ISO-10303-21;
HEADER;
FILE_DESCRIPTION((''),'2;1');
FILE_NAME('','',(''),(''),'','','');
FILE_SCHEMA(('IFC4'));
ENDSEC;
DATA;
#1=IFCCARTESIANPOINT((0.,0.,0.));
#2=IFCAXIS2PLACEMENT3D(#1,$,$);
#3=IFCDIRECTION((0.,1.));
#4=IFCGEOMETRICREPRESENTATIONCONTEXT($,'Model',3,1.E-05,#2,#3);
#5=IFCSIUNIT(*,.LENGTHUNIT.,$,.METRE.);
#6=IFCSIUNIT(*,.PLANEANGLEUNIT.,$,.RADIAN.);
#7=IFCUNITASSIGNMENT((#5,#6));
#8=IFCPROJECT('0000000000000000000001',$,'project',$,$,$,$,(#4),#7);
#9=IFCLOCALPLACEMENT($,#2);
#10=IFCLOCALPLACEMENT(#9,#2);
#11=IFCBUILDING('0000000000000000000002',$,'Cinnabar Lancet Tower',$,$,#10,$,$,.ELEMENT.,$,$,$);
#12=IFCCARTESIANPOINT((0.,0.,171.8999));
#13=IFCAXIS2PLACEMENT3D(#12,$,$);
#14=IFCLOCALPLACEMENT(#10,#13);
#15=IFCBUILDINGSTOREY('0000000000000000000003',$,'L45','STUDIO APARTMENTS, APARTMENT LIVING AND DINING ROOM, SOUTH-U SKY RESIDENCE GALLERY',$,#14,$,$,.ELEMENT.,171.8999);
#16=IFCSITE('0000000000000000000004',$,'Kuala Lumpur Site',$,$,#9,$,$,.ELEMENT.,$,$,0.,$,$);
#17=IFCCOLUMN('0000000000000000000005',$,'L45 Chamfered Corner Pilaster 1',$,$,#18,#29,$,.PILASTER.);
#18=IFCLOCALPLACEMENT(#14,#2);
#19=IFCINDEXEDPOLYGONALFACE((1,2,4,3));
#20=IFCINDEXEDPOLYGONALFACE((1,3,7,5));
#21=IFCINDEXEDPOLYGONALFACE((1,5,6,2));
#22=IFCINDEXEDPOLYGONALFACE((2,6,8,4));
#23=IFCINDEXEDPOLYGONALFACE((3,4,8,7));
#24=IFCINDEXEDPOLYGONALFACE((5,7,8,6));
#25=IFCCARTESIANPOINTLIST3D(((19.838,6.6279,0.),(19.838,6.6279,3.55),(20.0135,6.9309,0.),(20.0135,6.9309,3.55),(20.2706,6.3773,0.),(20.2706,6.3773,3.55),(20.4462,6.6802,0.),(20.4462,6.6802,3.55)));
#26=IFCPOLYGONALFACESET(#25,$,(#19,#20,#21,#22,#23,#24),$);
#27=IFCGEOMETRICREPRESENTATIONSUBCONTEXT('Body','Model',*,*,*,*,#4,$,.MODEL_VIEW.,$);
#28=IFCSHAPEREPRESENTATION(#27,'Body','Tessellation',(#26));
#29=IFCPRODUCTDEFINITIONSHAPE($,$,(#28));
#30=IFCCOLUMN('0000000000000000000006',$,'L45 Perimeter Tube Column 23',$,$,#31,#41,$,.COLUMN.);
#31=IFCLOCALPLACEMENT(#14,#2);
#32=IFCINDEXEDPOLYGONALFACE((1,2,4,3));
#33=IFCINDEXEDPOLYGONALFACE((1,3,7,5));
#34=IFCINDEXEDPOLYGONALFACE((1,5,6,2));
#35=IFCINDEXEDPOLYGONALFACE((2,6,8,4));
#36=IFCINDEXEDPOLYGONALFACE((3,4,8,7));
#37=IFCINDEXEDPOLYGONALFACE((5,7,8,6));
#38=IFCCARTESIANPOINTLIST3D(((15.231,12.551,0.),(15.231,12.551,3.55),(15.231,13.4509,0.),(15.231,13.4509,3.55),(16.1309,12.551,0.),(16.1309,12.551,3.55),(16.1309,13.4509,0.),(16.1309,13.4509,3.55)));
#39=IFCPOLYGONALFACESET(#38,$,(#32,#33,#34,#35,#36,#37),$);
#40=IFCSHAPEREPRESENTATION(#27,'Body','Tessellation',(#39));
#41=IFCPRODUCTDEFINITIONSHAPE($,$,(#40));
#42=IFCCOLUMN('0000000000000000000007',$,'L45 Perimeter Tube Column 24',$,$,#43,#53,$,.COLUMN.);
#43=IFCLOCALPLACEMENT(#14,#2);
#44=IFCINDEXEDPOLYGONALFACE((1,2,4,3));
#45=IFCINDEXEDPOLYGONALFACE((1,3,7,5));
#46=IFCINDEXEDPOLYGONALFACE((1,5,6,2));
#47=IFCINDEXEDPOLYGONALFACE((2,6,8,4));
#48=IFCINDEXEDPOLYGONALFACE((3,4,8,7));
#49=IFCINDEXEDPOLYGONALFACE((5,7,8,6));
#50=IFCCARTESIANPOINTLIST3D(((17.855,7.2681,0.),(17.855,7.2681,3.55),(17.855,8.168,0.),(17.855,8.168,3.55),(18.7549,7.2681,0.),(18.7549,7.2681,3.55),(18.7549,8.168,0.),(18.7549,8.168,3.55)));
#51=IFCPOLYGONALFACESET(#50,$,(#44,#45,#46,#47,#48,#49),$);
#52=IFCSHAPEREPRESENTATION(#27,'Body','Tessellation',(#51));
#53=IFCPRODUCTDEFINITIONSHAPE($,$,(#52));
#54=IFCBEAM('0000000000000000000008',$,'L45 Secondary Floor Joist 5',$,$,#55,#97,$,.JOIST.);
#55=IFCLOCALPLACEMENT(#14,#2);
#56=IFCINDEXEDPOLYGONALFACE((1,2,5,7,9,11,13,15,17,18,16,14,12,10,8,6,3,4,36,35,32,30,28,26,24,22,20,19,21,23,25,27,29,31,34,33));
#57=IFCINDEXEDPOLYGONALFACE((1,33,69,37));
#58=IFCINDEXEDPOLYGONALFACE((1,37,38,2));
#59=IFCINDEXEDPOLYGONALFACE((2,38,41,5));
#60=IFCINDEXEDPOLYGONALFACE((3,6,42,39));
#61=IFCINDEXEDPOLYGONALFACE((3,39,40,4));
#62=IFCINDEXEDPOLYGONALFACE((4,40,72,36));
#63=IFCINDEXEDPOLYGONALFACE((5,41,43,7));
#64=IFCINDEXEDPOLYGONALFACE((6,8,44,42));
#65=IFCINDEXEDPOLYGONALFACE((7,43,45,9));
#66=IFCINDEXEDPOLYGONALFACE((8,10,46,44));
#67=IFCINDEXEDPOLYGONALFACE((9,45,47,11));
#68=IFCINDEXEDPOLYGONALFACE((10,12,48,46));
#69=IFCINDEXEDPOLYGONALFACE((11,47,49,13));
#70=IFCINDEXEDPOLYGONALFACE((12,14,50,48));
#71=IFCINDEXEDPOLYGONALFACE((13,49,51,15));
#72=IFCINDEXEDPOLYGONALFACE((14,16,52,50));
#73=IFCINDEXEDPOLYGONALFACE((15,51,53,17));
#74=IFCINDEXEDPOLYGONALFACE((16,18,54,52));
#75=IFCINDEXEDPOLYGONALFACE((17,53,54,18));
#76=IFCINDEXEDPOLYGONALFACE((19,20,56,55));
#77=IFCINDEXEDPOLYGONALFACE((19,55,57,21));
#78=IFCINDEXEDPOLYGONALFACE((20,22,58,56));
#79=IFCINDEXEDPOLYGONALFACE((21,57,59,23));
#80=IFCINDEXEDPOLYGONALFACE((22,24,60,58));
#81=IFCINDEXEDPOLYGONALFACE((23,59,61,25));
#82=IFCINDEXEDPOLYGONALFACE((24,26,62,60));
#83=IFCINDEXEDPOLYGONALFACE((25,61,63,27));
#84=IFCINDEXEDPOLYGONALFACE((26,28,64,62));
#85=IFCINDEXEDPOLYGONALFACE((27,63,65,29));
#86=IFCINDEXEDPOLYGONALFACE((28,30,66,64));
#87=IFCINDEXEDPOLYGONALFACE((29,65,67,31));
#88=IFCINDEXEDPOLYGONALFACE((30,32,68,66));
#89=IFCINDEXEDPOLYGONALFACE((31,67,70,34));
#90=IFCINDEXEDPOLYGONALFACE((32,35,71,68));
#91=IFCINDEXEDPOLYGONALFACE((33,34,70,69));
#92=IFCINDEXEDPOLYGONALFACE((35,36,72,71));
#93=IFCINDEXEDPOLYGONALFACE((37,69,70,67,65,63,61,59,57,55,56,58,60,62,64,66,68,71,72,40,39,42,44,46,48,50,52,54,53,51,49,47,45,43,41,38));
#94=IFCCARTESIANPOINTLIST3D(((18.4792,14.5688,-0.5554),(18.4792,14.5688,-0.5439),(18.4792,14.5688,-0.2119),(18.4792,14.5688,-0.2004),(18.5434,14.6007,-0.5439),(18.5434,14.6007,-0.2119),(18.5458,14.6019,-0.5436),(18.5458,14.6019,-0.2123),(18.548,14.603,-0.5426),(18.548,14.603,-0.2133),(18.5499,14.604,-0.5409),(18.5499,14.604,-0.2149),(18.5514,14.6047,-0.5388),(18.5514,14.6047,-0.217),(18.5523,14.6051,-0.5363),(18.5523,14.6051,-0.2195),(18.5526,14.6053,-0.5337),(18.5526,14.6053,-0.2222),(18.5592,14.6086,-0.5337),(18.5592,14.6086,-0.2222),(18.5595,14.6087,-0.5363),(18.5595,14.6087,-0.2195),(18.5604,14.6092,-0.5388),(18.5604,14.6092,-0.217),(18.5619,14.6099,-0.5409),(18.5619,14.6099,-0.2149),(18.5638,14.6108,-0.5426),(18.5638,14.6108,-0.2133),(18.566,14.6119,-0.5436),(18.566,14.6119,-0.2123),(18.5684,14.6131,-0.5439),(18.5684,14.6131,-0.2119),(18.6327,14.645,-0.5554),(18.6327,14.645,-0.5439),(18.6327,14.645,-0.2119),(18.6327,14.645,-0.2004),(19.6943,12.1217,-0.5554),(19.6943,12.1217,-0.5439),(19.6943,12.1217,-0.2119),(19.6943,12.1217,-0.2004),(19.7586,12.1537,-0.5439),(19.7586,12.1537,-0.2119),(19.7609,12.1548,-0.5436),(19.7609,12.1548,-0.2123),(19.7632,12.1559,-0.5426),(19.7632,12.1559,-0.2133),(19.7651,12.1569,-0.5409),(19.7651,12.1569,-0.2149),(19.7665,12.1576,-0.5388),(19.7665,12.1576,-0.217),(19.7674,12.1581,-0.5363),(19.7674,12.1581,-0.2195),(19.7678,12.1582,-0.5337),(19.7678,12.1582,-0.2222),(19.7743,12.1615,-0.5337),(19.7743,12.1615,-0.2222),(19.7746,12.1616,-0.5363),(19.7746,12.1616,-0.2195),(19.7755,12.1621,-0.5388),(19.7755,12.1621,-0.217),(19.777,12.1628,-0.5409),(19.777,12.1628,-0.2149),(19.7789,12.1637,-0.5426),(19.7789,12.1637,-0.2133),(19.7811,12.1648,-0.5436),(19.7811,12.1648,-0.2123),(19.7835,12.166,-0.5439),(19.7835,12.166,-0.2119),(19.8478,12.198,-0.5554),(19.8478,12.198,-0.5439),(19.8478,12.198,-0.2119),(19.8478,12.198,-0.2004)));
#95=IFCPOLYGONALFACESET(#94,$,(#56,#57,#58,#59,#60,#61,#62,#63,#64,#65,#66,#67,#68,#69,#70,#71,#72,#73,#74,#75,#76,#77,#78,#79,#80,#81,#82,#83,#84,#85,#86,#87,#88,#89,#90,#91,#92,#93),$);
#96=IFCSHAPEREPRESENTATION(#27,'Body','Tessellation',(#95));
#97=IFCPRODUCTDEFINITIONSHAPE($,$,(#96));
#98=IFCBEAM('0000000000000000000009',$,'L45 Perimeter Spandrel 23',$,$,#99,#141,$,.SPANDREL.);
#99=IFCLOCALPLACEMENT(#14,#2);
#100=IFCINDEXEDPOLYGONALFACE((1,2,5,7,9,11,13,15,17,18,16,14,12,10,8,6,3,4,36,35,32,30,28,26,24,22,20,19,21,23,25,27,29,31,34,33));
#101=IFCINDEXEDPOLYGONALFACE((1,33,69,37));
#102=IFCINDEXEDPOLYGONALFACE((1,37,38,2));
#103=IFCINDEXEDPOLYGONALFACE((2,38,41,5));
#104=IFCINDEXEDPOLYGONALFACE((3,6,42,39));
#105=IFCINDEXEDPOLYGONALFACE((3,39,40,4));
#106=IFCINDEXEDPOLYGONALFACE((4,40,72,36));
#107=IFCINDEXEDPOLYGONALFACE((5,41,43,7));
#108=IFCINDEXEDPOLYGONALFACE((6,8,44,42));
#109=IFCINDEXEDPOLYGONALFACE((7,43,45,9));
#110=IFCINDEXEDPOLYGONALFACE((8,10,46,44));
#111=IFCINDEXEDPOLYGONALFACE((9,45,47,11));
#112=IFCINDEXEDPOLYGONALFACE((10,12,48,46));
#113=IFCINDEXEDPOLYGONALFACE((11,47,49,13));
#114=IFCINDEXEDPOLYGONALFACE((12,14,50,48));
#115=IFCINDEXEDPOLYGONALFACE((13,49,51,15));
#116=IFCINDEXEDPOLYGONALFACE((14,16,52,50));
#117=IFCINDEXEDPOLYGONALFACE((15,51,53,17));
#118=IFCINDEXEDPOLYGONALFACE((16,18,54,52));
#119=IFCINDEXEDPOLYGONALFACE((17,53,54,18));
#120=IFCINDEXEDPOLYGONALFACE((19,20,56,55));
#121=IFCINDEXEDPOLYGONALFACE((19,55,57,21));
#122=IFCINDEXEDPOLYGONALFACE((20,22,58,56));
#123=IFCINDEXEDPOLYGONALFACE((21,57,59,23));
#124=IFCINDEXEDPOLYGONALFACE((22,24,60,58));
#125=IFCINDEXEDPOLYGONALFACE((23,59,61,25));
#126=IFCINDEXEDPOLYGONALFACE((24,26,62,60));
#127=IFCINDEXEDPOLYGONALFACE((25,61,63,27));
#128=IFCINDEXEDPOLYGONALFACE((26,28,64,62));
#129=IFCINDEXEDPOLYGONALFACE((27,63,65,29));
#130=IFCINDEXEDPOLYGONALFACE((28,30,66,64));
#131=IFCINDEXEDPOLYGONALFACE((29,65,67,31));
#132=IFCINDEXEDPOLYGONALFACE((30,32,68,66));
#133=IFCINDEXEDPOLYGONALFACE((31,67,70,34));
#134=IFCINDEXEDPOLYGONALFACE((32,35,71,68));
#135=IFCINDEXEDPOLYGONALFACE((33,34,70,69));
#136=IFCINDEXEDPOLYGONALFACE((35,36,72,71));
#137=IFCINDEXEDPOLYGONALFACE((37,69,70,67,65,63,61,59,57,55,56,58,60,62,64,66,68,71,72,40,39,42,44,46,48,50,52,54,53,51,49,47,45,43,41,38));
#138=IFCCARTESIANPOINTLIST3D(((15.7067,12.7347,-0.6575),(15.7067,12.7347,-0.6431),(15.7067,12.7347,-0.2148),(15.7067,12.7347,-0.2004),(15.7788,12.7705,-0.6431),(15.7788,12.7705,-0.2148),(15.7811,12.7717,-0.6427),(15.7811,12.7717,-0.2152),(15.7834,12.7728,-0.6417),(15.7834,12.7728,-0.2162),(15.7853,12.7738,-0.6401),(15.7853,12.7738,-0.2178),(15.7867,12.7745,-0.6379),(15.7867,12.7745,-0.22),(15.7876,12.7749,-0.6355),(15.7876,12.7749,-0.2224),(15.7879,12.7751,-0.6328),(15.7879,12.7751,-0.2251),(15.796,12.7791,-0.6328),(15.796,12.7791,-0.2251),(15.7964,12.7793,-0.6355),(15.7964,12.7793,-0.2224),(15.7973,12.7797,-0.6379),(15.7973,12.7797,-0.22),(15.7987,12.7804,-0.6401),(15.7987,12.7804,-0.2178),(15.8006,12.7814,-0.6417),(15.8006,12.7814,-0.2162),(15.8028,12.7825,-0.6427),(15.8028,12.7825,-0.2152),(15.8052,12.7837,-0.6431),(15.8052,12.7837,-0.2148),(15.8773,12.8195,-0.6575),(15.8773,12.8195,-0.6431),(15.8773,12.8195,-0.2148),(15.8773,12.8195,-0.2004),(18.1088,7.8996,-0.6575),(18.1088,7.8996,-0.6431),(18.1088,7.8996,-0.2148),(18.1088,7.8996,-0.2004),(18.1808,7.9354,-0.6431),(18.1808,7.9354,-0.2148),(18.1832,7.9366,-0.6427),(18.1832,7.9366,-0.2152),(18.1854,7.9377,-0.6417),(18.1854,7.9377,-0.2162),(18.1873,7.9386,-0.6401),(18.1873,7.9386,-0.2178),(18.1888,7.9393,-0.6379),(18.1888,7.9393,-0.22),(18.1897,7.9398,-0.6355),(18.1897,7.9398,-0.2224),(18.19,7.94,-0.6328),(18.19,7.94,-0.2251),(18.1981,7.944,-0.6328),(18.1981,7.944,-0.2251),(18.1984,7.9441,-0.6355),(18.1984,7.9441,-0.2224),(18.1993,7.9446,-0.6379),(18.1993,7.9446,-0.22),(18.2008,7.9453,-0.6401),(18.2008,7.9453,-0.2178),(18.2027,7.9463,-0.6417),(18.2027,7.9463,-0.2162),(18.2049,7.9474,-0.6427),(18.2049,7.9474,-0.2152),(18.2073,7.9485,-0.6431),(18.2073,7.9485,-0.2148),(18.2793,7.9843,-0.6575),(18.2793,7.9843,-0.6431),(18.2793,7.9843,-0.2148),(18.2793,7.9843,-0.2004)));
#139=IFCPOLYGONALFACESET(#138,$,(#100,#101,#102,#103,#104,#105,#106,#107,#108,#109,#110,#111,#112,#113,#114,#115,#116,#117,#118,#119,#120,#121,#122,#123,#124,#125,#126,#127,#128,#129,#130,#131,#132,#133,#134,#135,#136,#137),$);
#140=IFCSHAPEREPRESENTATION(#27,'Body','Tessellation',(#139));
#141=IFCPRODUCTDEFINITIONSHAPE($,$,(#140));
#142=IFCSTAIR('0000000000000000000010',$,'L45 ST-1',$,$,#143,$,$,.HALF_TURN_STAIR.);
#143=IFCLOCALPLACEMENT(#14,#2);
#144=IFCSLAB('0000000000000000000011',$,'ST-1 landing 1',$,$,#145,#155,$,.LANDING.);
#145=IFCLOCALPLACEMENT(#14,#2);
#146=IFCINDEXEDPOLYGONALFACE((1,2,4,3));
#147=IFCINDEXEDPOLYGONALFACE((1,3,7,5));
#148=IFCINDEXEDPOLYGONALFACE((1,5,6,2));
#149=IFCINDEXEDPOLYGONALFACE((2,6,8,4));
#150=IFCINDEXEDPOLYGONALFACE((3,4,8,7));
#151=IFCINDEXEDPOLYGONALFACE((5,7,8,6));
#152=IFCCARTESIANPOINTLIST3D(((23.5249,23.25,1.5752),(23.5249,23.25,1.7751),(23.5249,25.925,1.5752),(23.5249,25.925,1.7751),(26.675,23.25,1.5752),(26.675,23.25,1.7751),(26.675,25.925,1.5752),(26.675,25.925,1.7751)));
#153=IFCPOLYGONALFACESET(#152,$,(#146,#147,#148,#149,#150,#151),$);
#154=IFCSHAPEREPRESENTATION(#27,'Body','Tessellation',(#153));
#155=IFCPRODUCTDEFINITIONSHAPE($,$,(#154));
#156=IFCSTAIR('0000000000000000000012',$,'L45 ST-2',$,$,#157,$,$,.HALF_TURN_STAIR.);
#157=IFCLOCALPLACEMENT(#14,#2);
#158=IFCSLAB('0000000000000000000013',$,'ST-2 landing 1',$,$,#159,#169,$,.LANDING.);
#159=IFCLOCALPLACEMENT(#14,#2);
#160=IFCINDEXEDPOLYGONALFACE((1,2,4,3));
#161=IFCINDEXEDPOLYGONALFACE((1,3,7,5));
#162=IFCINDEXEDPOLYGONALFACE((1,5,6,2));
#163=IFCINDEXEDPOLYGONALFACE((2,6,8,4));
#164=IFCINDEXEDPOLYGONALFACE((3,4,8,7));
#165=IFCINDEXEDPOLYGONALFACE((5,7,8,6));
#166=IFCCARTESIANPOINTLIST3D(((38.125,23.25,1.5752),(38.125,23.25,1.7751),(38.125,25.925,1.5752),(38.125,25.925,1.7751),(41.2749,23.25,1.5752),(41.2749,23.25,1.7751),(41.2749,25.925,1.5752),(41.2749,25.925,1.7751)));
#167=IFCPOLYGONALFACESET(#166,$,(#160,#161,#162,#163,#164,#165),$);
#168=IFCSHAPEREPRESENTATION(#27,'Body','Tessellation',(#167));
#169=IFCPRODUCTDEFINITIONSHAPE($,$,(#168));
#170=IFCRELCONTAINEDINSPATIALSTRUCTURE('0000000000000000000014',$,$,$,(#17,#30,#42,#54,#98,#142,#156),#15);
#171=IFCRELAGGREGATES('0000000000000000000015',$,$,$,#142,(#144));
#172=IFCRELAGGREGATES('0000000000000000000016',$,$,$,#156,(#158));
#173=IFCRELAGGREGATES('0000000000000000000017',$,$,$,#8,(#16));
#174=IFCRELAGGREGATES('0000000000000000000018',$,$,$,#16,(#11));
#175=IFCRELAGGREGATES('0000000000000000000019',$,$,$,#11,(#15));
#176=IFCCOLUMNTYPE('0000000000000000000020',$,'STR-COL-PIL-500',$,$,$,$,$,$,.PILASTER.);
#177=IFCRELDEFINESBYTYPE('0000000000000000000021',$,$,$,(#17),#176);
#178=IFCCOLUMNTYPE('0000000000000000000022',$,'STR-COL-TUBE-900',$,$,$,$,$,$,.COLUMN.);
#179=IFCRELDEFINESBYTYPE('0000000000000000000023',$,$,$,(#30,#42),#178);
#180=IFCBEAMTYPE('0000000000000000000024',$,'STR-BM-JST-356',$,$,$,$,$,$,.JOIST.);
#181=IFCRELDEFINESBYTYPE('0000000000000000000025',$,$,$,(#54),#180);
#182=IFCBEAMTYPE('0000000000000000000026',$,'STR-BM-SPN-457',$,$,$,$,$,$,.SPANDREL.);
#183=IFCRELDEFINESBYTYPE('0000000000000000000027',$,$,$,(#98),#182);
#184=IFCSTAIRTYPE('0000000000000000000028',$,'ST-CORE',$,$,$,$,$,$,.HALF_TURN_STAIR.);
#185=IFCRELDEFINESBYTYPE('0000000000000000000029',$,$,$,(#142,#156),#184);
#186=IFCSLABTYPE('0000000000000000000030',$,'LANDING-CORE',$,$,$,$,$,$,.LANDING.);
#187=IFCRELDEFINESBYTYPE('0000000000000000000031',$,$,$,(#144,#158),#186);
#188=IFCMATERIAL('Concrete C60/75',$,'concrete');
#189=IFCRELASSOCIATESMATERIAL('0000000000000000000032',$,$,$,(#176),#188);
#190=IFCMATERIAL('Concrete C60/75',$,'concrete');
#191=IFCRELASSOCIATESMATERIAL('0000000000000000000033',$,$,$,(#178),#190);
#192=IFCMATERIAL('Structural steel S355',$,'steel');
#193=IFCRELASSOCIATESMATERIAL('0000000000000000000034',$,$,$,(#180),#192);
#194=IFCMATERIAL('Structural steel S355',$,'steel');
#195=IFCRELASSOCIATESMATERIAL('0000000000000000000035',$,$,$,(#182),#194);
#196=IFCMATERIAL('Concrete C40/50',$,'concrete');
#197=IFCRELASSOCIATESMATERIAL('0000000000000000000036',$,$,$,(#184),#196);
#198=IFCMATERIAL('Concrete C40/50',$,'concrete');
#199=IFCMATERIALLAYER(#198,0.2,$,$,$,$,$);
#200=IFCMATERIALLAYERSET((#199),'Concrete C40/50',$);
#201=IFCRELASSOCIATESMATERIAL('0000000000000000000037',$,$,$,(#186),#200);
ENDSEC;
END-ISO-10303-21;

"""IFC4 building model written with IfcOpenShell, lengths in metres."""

from ifc_helpers import new_model, si_unit, direction, frame, origin, origin_2d, place, context, subcontext, project, spatial, polyline, rectangle, i_section, outline, extrude, material, layer, layer_set, material_profile, profile_set, type_object, element, aggregate, save


model = new_model("IFC4")

# Units and contexts
model_context = context("Model", 3, precision=1e-05, world=origin(), true_north=direction((0.0, 1.0)))
body_context = subcontext(model_context, "Body", "Model", "MODEL_VIEW")
ifc_project = project(units=[si_unit("LENGTHUNIT", "METRE"), si_unit("PLANEANGLEUNIT", "RADIAN")], contexts=[model_context])

# Site, building, storey
site_placement = place(None, origin())
site = spatial("IfcSite", under=ifc_project, at=site_placement, Name="Kuala Lumpur Site", CompositionType="ELEMENT", RefElevation=0.0)
building_placement = place(site_placement, origin())
building = spatial("IfcBuilding", under=site, at=building_placement, Name="Cinnabar Lancet Tower", CompositionType="ELEMENT")
storey_placement = place(building_placement, frame((0.0, 0.0, 171.8999)))
storey = spatial("IfcBuildingStorey", under=building, at=storey_placement, Name="L45", Description="STUDIO APARTMENTS, APARTMENT LIVING AND DINING ROOM, SOUTH-U SKY RESIDENCE GALLERY", CompositionType="ELEMENT", Elevation=171.8999)

# Columns
ifc_material_1 = material(Name="Concrete C60/75", Category="concrete")
ifc_material_profile_1 = material_profile(ifc_material_1, rectangle(XDim=0.5, YDim=0.3501, at=origin_2d()), Name="RC-PIL 500x350")
ifc_profile_set_1 = profile_set([ifc_material_profile_1], Name="Concrete C60/75")
column_type_1 = type_object("IfcColumnType", Name="STR-COL-PIL-500", PredefinedType="PILASTER", material=ifc_profile_set_1)
column_placement = place(storey_placement, frame((20.1421, 6.6541, 0.0), z_axis=(0.0, 0.0, 1.0), x_axis=(0.86523, -0.501375, 0.0)))
element("IfcColumn", 1, at=column_placement, inside=storey, type_object=column_type_1, Name="L45 Chamfered Corner Pilaster 1", PredefinedType="PILASTER", context=body_context, shape_type="SweptSolid", body=[
    extrude(rectangle(XDim=0.5, YDim=0.3501, at=origin_2d()), origin(), (0.0, 0.0, 1.0), 3.55),
])
ifc_material_2 = material(Name="Concrete C60/75", Category="concrete")
ifc_material_profile_2 = material_profile(ifc_material_2, rectangle(XDim=0.8999, YDim=0.8999, at=origin_2d()), Name="RC-COL 900x900")
ifc_profile_set_2 = profile_set([ifc_material_profile_2], Name="Concrete C60/75")
column_type_2 = type_object("IfcColumnType", Name="STR-COL-TUBE-900", PredefinedType="COLUMN", material=ifc_profile_set_2)
for number, where, z_axis, x_axis, name in (
    (2, (15.6809, 13.001, 0.0), (0.0, 0.0, 1.0), (1.0, 0.0, 0.0), "L45 Perimeter Tube Column 23"),
    (3, (18.3049, 7.718, 0.0), (0.0, 0.0, 1.0), (1.0, 0.0, 0.0), "L45 Perimeter Tube Column 24"),
):
    element("IfcColumn", number, at=place(storey_placement, frame(where, z_axis=z_axis, x_axis=x_axis)), inside=storey, type_object=column_type_2, Name=name, PredefinedType="COLUMN", context=body_context, shape_type="SweptSolid", body=[
        extrude(rectangle(XDim=0.8999, YDim=0.8999, at=origin_2d()), origin(), (0.0, 0.0, 1.0), 3.55),
    ])

# Beams
ifc_material_3 = material(Name="Structural steel S355", Category="steel")
ifc_material_profile_3 = material_profile(ifc_material_3, i_section(OverallWidth=0.1714, OverallDepth=0.355, WebThickness=0.0073, FlangeThickness=0.0115, FilletRadius=0.0103, at=origin_2d()), Name="UKB 356x171x51")
ifc_profile_set_3 = profile_set([ifc_material_profile_3], Name="Structural steel S355")
beam_type_1 = type_object("IfcBeamType", Name="STR-BM-JST-356", PredefinedType="JOIST", material=ifc_profile_set_3)
beam_1_placement = place(storey_placement, frame((18.5559, 14.6069, -0.3779), z_axis=(0.444746, -0.895657, 0.0), x_axis=(0.895657, 0.444746, 0.0)))
element("IfcBeam", 4, at=beam_1_placement, inside=storey, type_object=beam_type_1, Name="L45 Secondary Floor Joist 5", PredefinedType="JOIST", context=body_context, shape_type="SweptSolid", body=[
    extrude(i_section(OverallWidth=0.1714, OverallDepth=0.355, WebThickness=0.0073, FlangeThickness=0.0115, FilletRadius=0.0103, at=origin_2d()), origin(), (0.0, 0.0, 1.0), 2.7322),
])
ifc_material_4 = material(Name="Structural steel S355", Category="steel")
ifc_material_profile_4 = material_profile(ifc_material_4, i_section(OverallWidth=0.1904, OverallDepth=0.457, WebThickness=0.009, FlangeThickness=0.0144, FilletRadius=0.0103, at=origin_2d()), Name="UKB 457x191x74")
ifc_profile_set_4 = profile_set([ifc_material_profile_4], Name="Structural steel S355")
beam_type_2 = type_object("IfcBeamType", Name="STR-BM-SPN-457", PredefinedType="SPANDREL", material=ifc_profile_set_4)
beam_2_placement = place(storey_placement, frame((15.792, 12.7771, -0.429), z_axis=(0.444915, -0.895573, 0.0), x_axis=(0.895573, 0.444915, 0.0)))
element("IfcBeam", 5, at=beam_2_placement, inside=storey, type_object=beam_type_2, Name="L45 Perimeter Spandrel 23", PredefinedType="SPANDREL", context=body_context, shape_type="SweptSolid", body=[
    extrude(i_section(OverallWidth=0.1904, OverallDepth=0.457, WebThickness=0.009, FlangeThickness=0.0144, FilletRadius=0.0103, at=origin_2d()), origin(), (0.0, 0.0, 1.0), 5.3989),
])

# Stairs, slabs
ifc_material_5 = material(Name="Concrete C40/50", Category="concrete")
stair_type = type_object("IfcStairType", Name="ST-CORE", PredefinedType="HALF_TURN_STAIR", material=ifc_material_5)
stair_1_placement = place(storey_placement, origin())
stair_1 = element("IfcStair", 6, at=stair_1_placement, inside=storey, type_object=stair_type, Name="L45 ST-1", PredefinedType="HALF_TURN_STAIR")
ifc_material_6 = material(Name="Concrete C40/50", Category="concrete")
ifc_layer_1 = layer(ifc_material_6, 0.2)
ifc_layer_set_1 = layer_set([ifc_layer_1], Name="Concrete C40/50")
slab_type_1 = type_object("IfcSlabType", Name="LANDING-CORE", PredefinedType="LANDING", material=ifc_layer_set_1)
slab_1_placement = place(storey_placement, frame((0.0, 0.0, 1.5752)))
slab_1 = element("IfcSlab", 7, at=slab_1_placement, type_object=slab_type_1, Name="ST-1 landing 1", PredefinedType="LANDING", context=body_context, shape_type="SweptSolid", body=[
    extrude(outline(polyline([(23.5249, 25.925), (23.5249, 23.25), (26.675, 23.25), (26.675, 25.925), (23.5249, 25.925)])), origin(), (0.0, 0.0, 1.0), 0.2),
])
aggregate(stair_1, [slab_1])
stair_2_placement = place(storey_placement, origin())
stair_2 = element("IfcStair", 8, at=stair_2_placement, inside=storey, type_object=stair_type, Name="L45 ST-2", PredefinedType="HALF_TURN_STAIR")
slab_2_placement = place(storey_placement, frame((0.0, 0.0, 1.5752)))
slab_2 = element("IfcSlab", 9, at=slab_2_placement, type_object=slab_type_1, Name="ST-2 landing 1", PredefinedType="LANDING", context=body_context, shape_type="SweptSolid", body=[
    extrude(outline(polyline([(38.125, 25.925), (38.125, 23.25), (41.2749, 23.25), (41.2749, 25.925), (38.125, 25.925)])), origin(), (0.0, 0.0, 1.0), 0.2),
])
aggregate(stair_2, [slab_2])

save(model, "model.ifc")
